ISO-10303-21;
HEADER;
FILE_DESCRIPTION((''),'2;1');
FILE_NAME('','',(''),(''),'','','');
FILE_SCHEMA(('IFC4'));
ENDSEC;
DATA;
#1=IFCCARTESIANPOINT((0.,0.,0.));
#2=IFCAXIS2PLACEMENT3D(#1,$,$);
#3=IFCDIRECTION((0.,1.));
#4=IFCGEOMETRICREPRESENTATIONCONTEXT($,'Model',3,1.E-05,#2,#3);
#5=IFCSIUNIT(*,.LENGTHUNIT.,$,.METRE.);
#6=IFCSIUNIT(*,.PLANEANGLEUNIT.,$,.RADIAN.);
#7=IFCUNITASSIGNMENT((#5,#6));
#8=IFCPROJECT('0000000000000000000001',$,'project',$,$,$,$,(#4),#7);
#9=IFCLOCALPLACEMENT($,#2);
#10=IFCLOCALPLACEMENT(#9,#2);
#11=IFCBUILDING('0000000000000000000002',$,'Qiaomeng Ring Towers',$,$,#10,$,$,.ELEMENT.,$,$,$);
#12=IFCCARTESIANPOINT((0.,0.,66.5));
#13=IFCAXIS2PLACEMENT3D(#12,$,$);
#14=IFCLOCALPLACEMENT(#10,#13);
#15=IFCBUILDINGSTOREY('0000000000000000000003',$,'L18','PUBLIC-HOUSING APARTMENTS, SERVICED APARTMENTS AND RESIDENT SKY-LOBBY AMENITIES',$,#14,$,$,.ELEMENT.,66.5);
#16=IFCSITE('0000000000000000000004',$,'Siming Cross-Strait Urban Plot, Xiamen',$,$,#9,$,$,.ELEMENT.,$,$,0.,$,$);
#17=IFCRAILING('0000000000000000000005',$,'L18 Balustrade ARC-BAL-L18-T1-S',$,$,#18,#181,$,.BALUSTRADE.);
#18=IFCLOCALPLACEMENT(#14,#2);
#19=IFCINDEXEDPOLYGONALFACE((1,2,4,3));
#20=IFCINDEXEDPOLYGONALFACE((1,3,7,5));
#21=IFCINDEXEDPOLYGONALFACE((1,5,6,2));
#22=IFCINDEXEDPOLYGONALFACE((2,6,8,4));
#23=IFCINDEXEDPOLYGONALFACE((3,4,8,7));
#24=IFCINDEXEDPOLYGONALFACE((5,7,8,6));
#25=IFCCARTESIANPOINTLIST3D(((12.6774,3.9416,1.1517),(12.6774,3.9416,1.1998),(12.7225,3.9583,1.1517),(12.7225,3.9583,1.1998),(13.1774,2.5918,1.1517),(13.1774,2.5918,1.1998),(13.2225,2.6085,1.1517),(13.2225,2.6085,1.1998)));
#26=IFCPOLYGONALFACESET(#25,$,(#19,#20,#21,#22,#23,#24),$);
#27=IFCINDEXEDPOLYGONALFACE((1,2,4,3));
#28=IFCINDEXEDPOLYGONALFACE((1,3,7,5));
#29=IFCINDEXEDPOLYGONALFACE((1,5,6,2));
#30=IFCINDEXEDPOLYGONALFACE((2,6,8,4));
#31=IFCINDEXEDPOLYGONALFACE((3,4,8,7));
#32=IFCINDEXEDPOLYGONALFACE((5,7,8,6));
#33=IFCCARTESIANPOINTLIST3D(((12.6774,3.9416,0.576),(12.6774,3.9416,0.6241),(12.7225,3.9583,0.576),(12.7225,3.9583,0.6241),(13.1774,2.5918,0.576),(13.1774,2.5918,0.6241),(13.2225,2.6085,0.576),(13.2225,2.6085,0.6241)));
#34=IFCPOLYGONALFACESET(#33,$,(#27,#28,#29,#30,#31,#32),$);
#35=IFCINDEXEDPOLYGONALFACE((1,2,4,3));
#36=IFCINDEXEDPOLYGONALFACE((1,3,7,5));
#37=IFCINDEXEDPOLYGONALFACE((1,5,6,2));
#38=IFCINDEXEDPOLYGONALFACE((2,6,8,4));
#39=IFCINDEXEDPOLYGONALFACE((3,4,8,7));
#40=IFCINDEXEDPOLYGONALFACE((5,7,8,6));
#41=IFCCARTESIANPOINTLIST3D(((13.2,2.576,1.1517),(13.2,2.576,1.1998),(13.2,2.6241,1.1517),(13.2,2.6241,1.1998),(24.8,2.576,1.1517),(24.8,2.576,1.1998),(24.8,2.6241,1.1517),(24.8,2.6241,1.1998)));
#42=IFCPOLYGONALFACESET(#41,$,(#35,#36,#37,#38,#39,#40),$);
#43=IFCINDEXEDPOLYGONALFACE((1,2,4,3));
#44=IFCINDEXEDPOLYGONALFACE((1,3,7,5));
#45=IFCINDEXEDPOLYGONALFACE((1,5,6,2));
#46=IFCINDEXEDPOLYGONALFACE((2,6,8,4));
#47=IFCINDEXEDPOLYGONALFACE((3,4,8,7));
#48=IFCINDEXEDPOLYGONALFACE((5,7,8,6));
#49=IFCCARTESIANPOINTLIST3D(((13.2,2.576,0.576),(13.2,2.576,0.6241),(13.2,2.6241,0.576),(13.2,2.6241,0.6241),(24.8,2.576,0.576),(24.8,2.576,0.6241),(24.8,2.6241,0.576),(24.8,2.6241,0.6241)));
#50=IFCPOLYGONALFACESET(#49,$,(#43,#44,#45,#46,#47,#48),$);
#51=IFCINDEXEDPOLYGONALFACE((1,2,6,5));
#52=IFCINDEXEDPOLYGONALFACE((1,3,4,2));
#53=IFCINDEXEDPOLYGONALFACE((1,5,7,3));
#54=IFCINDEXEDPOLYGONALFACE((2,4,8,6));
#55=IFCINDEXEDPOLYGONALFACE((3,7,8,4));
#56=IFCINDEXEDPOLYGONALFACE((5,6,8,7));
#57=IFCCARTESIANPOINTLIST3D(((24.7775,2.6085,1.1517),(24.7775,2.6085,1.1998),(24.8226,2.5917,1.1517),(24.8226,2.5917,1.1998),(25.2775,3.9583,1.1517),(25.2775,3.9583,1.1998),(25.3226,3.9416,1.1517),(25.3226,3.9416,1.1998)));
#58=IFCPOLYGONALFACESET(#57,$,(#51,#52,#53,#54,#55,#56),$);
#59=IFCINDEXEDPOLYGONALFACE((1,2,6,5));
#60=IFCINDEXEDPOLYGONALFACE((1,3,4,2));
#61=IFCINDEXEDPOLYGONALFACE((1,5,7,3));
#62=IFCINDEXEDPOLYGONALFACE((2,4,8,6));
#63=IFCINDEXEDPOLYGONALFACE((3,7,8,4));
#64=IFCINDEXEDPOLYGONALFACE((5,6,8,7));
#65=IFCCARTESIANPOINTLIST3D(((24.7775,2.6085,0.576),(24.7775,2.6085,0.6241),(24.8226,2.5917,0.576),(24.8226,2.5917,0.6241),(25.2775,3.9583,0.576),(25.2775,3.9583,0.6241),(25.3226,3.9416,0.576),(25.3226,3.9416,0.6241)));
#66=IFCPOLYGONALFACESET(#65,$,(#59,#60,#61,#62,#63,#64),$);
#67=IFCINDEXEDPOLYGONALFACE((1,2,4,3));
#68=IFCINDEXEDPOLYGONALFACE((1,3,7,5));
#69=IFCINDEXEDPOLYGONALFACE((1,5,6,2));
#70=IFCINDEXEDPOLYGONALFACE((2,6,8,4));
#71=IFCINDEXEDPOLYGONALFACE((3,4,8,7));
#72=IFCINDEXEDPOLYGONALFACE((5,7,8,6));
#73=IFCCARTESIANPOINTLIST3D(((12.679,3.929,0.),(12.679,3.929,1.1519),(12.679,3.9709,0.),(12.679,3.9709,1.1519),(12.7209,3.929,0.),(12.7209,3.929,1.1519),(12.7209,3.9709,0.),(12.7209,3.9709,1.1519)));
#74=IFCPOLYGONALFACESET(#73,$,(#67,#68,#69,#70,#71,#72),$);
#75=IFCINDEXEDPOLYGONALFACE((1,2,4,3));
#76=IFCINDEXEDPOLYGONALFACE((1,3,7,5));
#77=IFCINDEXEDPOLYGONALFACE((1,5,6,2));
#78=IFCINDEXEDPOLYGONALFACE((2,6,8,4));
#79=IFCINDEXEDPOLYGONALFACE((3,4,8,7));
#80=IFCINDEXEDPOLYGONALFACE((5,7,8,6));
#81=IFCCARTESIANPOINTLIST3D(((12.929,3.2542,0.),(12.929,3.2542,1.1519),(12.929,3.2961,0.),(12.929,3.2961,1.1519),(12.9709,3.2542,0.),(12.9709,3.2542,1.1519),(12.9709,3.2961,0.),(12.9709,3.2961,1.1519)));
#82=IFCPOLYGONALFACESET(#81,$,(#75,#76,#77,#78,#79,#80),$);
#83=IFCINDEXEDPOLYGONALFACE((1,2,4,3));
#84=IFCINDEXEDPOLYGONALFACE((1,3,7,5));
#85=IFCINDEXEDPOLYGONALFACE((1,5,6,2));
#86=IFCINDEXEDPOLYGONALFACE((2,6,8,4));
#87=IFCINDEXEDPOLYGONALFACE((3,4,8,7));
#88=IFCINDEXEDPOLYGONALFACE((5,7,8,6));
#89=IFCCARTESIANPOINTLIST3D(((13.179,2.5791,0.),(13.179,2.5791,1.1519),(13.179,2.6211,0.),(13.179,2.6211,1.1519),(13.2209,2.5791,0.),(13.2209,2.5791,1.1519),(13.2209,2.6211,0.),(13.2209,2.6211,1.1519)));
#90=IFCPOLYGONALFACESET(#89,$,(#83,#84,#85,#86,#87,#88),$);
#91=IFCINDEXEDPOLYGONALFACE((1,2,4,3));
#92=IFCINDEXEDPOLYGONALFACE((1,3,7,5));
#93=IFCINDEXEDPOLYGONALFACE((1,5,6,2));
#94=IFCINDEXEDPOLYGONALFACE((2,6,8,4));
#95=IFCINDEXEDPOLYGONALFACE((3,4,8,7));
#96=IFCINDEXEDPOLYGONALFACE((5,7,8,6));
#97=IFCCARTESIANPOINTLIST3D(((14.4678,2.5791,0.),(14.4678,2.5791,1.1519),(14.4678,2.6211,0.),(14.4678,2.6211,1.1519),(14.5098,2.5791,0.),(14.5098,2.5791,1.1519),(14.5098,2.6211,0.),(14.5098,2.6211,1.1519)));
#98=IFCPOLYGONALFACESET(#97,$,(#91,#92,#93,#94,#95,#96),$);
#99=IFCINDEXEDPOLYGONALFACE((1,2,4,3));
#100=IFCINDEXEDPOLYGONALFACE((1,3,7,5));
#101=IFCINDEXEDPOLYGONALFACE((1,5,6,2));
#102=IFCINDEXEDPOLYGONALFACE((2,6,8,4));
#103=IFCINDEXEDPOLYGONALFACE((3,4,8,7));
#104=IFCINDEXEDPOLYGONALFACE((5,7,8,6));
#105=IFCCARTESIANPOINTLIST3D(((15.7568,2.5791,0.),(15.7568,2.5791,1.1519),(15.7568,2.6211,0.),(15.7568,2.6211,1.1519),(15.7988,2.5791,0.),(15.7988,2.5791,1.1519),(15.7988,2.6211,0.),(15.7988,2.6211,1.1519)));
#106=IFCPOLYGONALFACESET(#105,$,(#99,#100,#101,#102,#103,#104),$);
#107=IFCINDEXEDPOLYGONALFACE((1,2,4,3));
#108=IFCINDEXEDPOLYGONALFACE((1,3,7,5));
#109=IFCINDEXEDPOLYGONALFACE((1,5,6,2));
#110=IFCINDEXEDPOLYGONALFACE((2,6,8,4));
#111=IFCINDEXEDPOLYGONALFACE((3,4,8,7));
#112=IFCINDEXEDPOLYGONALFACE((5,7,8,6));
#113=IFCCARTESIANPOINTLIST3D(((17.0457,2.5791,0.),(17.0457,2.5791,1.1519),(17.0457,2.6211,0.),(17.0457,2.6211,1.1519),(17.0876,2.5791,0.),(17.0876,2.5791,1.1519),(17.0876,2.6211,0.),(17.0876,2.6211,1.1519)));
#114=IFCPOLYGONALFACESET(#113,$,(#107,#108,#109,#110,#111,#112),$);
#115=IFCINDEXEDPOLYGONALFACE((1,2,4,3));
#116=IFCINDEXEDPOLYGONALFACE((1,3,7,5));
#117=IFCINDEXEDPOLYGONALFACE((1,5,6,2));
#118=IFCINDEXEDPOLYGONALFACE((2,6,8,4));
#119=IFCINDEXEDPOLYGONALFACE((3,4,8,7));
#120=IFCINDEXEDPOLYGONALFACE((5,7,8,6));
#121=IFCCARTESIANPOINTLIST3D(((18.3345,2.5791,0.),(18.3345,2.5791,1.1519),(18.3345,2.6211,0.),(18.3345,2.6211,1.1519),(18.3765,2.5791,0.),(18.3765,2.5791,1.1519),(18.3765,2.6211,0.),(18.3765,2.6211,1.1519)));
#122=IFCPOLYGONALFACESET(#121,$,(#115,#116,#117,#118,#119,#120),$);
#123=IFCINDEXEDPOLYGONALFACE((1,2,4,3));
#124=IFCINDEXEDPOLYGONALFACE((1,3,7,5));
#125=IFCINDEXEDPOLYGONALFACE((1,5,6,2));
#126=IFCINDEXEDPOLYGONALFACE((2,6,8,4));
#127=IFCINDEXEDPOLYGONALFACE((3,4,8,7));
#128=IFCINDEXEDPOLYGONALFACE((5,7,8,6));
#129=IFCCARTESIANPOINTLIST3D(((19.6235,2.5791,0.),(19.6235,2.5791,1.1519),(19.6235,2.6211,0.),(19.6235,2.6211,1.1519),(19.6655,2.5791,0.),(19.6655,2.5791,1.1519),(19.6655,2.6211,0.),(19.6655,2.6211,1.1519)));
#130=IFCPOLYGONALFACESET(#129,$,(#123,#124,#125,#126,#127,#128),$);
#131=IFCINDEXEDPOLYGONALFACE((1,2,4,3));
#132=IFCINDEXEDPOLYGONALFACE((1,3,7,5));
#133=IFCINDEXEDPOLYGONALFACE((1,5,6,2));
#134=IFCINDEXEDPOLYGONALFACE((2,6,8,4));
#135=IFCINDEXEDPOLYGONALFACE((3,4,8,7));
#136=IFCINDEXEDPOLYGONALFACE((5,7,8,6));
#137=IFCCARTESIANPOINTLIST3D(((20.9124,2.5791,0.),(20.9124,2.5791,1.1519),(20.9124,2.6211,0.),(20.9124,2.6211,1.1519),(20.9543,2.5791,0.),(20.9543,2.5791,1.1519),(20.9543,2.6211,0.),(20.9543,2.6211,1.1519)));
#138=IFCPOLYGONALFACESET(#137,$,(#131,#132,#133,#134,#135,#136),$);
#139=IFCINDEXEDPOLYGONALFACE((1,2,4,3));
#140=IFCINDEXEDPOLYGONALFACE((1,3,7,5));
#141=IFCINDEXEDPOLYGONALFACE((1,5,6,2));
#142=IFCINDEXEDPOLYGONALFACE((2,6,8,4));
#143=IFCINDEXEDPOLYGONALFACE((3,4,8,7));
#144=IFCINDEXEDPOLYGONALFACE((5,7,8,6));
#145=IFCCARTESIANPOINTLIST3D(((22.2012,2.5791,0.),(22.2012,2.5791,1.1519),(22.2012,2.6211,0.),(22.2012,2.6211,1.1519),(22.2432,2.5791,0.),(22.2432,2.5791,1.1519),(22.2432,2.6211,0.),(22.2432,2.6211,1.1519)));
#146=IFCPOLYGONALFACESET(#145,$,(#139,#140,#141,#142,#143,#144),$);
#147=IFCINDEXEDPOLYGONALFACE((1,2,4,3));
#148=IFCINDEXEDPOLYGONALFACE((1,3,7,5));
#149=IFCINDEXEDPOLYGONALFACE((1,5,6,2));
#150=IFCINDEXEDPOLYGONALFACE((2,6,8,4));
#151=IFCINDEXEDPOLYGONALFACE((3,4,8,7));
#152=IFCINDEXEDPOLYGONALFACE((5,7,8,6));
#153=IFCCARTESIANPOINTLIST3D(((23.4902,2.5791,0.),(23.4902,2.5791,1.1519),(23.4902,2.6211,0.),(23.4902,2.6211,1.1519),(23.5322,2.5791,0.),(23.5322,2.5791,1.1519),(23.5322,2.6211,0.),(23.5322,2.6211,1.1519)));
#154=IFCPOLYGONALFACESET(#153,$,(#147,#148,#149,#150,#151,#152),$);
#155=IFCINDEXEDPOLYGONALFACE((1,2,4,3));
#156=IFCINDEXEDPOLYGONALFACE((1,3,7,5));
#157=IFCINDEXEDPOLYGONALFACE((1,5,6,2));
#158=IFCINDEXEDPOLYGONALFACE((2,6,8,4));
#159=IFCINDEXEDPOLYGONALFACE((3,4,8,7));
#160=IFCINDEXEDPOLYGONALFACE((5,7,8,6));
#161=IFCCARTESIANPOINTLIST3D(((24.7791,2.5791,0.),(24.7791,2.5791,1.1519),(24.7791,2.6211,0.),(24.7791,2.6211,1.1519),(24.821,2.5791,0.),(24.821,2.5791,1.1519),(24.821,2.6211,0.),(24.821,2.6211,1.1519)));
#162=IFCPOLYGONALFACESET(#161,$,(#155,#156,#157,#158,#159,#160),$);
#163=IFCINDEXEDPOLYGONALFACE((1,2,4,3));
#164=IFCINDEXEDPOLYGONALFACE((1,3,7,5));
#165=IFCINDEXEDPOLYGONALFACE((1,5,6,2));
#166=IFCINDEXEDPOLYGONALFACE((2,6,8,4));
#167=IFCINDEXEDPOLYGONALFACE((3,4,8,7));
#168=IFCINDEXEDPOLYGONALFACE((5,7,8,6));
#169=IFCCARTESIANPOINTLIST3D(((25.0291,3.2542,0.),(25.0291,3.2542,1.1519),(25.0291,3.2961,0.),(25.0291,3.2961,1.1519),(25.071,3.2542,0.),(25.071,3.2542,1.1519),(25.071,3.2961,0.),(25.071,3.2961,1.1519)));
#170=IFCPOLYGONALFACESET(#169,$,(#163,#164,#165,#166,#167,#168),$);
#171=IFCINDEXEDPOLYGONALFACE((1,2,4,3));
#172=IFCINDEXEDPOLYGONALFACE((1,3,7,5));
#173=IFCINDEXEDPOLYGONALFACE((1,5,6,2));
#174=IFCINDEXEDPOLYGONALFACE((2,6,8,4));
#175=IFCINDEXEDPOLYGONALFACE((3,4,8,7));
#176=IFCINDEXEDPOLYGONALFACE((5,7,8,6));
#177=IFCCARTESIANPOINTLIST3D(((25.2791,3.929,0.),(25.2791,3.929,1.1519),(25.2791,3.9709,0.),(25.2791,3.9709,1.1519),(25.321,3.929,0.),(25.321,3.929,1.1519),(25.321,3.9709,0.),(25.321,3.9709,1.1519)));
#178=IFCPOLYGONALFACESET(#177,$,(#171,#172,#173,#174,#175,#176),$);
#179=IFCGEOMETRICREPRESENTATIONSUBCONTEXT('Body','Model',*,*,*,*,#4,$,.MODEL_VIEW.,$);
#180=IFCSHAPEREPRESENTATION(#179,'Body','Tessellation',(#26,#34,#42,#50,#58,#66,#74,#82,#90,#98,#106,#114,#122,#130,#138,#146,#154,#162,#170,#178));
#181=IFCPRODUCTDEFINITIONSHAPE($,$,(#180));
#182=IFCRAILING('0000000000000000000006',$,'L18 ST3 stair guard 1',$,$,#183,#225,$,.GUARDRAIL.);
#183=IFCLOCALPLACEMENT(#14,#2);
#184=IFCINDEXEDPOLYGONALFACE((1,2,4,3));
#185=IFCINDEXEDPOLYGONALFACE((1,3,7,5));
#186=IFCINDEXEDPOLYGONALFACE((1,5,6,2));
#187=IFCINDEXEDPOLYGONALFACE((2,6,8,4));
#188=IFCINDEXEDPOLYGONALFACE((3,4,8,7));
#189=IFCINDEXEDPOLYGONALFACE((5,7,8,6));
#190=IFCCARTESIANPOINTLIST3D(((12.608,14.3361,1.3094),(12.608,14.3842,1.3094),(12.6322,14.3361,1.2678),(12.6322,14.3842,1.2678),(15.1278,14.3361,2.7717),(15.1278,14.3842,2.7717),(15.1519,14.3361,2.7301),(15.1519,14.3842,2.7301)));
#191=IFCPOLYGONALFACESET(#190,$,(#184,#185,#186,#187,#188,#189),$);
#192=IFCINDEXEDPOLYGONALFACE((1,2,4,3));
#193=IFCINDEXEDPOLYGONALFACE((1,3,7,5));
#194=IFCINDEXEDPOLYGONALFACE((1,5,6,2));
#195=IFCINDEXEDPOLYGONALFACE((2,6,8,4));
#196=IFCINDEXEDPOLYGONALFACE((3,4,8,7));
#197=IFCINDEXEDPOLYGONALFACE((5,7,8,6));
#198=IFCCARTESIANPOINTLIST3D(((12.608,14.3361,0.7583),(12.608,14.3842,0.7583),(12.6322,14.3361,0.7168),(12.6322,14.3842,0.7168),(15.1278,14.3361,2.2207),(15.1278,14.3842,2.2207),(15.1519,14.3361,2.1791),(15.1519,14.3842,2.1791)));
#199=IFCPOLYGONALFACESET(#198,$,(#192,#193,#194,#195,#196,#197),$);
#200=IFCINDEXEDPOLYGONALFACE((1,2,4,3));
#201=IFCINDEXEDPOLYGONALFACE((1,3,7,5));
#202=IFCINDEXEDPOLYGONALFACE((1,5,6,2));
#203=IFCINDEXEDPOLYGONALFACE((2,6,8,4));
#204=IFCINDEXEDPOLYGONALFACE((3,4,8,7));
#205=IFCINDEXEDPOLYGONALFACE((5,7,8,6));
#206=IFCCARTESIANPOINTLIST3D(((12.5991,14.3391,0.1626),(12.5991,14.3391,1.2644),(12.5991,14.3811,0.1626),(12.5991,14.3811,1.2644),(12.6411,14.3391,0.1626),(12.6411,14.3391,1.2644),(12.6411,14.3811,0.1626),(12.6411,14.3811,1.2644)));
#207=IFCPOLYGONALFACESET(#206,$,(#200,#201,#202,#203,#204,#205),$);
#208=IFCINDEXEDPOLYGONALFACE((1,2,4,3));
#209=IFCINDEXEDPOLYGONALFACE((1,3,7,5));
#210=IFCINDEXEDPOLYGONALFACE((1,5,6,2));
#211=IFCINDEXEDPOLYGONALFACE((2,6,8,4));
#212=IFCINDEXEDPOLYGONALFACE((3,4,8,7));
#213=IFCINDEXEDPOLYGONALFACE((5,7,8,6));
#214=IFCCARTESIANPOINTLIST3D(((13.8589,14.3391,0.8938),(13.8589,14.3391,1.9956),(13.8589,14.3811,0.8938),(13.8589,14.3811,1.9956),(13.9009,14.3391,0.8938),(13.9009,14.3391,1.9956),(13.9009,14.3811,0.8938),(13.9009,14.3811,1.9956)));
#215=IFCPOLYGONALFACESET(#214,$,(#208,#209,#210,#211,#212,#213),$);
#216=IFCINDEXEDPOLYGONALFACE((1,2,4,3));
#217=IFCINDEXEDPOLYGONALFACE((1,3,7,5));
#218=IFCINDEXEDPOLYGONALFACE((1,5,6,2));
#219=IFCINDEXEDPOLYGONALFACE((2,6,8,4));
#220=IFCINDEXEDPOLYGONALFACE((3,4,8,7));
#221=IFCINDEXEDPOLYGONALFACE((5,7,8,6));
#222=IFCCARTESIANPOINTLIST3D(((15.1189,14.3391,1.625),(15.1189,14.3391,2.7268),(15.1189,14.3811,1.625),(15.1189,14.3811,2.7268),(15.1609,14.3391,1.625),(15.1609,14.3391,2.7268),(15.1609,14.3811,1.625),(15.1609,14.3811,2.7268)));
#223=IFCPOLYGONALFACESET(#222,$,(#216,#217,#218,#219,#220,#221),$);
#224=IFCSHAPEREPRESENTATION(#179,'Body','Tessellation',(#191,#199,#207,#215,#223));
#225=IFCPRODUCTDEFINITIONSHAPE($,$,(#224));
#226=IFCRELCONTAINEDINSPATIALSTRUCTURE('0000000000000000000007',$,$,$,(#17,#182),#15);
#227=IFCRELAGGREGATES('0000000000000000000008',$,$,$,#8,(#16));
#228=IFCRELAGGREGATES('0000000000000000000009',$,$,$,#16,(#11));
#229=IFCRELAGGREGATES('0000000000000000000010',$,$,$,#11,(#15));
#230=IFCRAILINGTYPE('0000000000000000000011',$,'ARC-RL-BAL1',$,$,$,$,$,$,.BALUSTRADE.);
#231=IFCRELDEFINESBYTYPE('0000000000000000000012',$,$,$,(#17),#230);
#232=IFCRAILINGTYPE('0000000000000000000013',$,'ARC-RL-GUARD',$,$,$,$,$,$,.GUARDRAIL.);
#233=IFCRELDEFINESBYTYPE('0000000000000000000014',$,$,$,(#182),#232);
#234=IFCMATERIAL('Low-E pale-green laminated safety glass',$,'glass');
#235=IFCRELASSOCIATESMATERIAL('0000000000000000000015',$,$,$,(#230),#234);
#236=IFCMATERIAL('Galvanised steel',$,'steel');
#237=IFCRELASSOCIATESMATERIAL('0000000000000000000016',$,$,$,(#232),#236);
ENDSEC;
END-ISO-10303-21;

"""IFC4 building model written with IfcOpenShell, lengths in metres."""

from ifc_helpers import new_model, si_unit, direction, frame, origin, origin_2d, place, context, subcontext, project, spatial, rectangle, extrude, material, type_object, element, save


model = new_model("IFC4")

# Units and contexts
model_context = context("Model", 3, precision=1e-05, world=origin(), true_north=direction((0.0, 1.0)))
body_context = subcontext(model_context, "Body", "Model", "MODEL_VIEW")
ifc_project = project(units=[si_unit("LENGTHUNIT", "METRE"), si_unit("PLANEANGLEUNIT", "RADIAN")], contexts=[model_context])

# Site, building, storey
site_placement = place(None, origin())
site = spatial("IfcSite", under=ifc_project, at=site_placement, Name="Siming Cross-Strait Urban Plot, Xiamen", CompositionType="ELEMENT", RefElevation=0.0)
building_placement = place(site_placement, origin())
building = spatial("IfcBuilding", under=site, at=building_placement, Name="Qiaomeng Ring Towers", CompositionType="ELEMENT")
storey_placement = place(building_placement, frame((0.0, 0.0, 66.5)))
storey = spatial("IfcBuildingStorey", under=building, at=storey_placement, Name="L18", Description="PUBLIC-HOUSING APARTMENTS, SERVICED APARTMENTS AND RESIDENT SKY-LOBBY AMENITIES", CompositionType="ELEMENT", Elevation=66.5)

# Shared definitions
ifc_material_1 = material(Name="Galvanised steel", Category="steel")

# Railings
ifc_material_2 = material(Name="Low-E pale-green laminated safety glass", Category="glass")
railing_type_1 = type_object("IfcRailingType", Name="ARC-RL-BAL1", PredefinedType="BALUSTRADE", material=ifc_material_2)
railing_1_placement = place(storey_placement, frame((12.7, 3.95, 0.0)))
element("IfcRailing", 1, at=railing_1_placement, inside=storey, type_object=railing_type_1, Name="L18 Balustrade ARC-BAL-L18-T1-S", PredefinedType="BALUSTRADE", context=body_context, shape_type="SweptSolid", body=[
    extrude(rectangle(XDim=0.0481, YDim=0.0481, at=origin_2d()), frame((0.0, 0.0, 1.1758), z_axis=(0.347347, -0.937736, 0.0), x_axis=(0.937736, 0.347347, 0.0)), (0.0, 0.0, 1.0), 1.4395),
    extrude(rectangle(XDim=0.0481, YDim=0.0481, at=origin_2d()), frame((0.0, 0.0, 0.6001), z_axis=(0.347347, -0.937736, 0.0), x_axis=(0.937736, 0.347347, 0.0)), (0.0, 0.0, 1.0), 1.4395),
    extrude(rectangle(XDim=0.0481, YDim=0.0481, at=origin_2d()), frame((0.5, -1.3499, 1.1758), z_axis=(1.0, 0.0, 0.0), x_axis=(0.0, 1.0, 0.0)), (0.0, 0.0, 1.0), 11.6001),
    extrude(rectangle(XDim=0.0481, YDim=0.0481, at=origin_2d()), frame((0.5, -1.3499, 0.6001), z_axis=(1.0, 0.0, 0.0), x_axis=(0.0, 1.0, 0.0)), (0.0, 0.0, 1.0), 11.6001),
    extrude(rectangle(XDim=0.0481, YDim=0.0481, at=origin_2d()), frame((12.1001, -1.3499, 1.1758), z_axis=(0.347347, 0.937736, 0.0), x_axis=(-0.937736, 0.347347, 0.0)), (0.0, 0.0, 1.0), 1.4395),
    extrude(rectangle(XDim=0.0481, YDim=0.0481, at=origin_2d()), frame((12.1001, -1.3499, 0.6001), z_axis=(0.347347, 0.937736, 0.0), x_axis=(-0.937736, 0.347347, 0.0)), (0.0, 0.0, 1.0), 1.4395),
    extrude(rectangle(XDim=0.042, YDim=0.042, at=origin_2d()), origin(), (0.0, 0.0, 1.0), 1.1519),
    extrude(rectangle(XDim=0.042, YDim=0.042, at=origin_2d()), frame((0.25, -0.6748, 0.0)), (0.0, 0.0, 1.0), 1.1519),
    extrude(rectangle(XDim=0.042, YDim=0.042, at=origin_2d()), frame((0.5, -1.3499, 0.0)), (0.0, 0.0, 1.0), 1.1519),
    extrude(rectangle(XDim=0.042, YDim=0.042, at=origin_2d()), frame((1.7888, -1.3499, 0.0)), (0.0, 0.0, 1.0), 1.1519),
    extrude(rectangle(XDim=0.042, YDim=0.042, at=origin_2d()), frame((3.0779, -1.3499, 0.0)), (0.0, 0.0, 1.0), 1.1519),
    extrude(rectangle(XDim=0.042, YDim=0.042, at=origin_2d()), frame((4.3667, -1.3499, 0.0)), (0.0, 0.0, 1.0), 1.1519),
    extrude(rectangle(XDim=0.042, YDim=0.042, at=origin_2d()), frame((5.6555, -1.3499, 0.0)), (0.0, 0.0, 1.0), 1.1519),
    extrude(rectangle(XDim=0.042, YDim=0.042, at=origin_2d()), frame((6.9446, -1.3499, 0.0)), (0.0, 0.0, 1.0), 1.1519),
    extrude(rectangle(XDim=0.042, YDim=0.042, at=origin_2d()), frame((8.2334, -1.3499, 0.0)), (0.0, 0.0, 1.0), 1.1519),
    extrude(rectangle(XDim=0.042, YDim=0.042, at=origin_2d()), frame((9.5222, -1.3499, 0.0)), (0.0, 0.0, 1.0), 1.1519),
    extrude(rectangle(XDim=0.042, YDim=0.042, at=origin_2d()), frame((10.8113, -1.3499, 0.0)), (0.0, 0.0, 1.0), 1.1519),
    extrude(rectangle(XDim=0.042, YDim=0.042, at=origin_2d()), frame((12.1001, -1.3499, 0.0)), (0.0, 0.0, 1.0), 1.1519),
    extrude(rectangle(XDim=0.042, YDim=0.042, at=origin_2d()), frame((12.3501, -0.6748, 0.0)), (0.0, 0.0, 1.0), 1.1519),
    extrude(rectangle(XDim=0.042, YDim=0.042, at=origin_2d()), frame((12.6001, 0.0, 0.0)), (0.0, 0.0, 1.0), 1.1519),
])
railing_type_2 = type_object("IfcRailingType", Name="ARC-RL-GUARD", PredefinedType="GUARDRAIL", material=ifc_material_1)
railing_2_placement = place(storey_placement, frame((12.6201, 14.3601, 0.1626)))
element("IfcRailing", 2, at=railing_2_placement, inside=storey, type_object=railing_type_2, Name="L18 ST3 stair guard 1", PredefinedType="GUARDRAIL", context=body_context, shape_type="SweptSolid", body=[
    extrude(rectangle(XDim=0.0481, YDim=0.0481, at=origin_2d()), frame((0.0, 0.0, 1.126), z_axis=(0.864892, 0.0, 0.501958), x_axis=(0.0, 1.0, 0.0)), (0.0, 0.0, 1.0), 2.9133),
    extrude(rectangle(XDim=0.0481, YDim=0.0481, at=origin_2d()), frame((0.0, 0.0, 0.575), z_axis=(0.864892, 0.0, 0.501958), x_axis=(0.0, 1.0, 0.0)), (0.0, 0.0, 1.0), 2.9133),
    extrude(rectangle(XDim=0.042, YDim=0.042, at=origin_2d()), origin(), (0.0, 0.0, 1.0), 1.1018),
    extrude(rectangle(XDim=0.042, YDim=0.042, at=origin_2d()), frame((1.2598, 0.0, 0.7312)), (0.0, 0.0, 1.0), 1.1018),
    extrude(rectangle(XDim=0.042, YDim=0.042, at=origin_2d()), frame((2.5198, 0.0, 1.4624)), (0.0, 0.0, 1.0), 1.1018),
])

save(model, "model.ifc")
